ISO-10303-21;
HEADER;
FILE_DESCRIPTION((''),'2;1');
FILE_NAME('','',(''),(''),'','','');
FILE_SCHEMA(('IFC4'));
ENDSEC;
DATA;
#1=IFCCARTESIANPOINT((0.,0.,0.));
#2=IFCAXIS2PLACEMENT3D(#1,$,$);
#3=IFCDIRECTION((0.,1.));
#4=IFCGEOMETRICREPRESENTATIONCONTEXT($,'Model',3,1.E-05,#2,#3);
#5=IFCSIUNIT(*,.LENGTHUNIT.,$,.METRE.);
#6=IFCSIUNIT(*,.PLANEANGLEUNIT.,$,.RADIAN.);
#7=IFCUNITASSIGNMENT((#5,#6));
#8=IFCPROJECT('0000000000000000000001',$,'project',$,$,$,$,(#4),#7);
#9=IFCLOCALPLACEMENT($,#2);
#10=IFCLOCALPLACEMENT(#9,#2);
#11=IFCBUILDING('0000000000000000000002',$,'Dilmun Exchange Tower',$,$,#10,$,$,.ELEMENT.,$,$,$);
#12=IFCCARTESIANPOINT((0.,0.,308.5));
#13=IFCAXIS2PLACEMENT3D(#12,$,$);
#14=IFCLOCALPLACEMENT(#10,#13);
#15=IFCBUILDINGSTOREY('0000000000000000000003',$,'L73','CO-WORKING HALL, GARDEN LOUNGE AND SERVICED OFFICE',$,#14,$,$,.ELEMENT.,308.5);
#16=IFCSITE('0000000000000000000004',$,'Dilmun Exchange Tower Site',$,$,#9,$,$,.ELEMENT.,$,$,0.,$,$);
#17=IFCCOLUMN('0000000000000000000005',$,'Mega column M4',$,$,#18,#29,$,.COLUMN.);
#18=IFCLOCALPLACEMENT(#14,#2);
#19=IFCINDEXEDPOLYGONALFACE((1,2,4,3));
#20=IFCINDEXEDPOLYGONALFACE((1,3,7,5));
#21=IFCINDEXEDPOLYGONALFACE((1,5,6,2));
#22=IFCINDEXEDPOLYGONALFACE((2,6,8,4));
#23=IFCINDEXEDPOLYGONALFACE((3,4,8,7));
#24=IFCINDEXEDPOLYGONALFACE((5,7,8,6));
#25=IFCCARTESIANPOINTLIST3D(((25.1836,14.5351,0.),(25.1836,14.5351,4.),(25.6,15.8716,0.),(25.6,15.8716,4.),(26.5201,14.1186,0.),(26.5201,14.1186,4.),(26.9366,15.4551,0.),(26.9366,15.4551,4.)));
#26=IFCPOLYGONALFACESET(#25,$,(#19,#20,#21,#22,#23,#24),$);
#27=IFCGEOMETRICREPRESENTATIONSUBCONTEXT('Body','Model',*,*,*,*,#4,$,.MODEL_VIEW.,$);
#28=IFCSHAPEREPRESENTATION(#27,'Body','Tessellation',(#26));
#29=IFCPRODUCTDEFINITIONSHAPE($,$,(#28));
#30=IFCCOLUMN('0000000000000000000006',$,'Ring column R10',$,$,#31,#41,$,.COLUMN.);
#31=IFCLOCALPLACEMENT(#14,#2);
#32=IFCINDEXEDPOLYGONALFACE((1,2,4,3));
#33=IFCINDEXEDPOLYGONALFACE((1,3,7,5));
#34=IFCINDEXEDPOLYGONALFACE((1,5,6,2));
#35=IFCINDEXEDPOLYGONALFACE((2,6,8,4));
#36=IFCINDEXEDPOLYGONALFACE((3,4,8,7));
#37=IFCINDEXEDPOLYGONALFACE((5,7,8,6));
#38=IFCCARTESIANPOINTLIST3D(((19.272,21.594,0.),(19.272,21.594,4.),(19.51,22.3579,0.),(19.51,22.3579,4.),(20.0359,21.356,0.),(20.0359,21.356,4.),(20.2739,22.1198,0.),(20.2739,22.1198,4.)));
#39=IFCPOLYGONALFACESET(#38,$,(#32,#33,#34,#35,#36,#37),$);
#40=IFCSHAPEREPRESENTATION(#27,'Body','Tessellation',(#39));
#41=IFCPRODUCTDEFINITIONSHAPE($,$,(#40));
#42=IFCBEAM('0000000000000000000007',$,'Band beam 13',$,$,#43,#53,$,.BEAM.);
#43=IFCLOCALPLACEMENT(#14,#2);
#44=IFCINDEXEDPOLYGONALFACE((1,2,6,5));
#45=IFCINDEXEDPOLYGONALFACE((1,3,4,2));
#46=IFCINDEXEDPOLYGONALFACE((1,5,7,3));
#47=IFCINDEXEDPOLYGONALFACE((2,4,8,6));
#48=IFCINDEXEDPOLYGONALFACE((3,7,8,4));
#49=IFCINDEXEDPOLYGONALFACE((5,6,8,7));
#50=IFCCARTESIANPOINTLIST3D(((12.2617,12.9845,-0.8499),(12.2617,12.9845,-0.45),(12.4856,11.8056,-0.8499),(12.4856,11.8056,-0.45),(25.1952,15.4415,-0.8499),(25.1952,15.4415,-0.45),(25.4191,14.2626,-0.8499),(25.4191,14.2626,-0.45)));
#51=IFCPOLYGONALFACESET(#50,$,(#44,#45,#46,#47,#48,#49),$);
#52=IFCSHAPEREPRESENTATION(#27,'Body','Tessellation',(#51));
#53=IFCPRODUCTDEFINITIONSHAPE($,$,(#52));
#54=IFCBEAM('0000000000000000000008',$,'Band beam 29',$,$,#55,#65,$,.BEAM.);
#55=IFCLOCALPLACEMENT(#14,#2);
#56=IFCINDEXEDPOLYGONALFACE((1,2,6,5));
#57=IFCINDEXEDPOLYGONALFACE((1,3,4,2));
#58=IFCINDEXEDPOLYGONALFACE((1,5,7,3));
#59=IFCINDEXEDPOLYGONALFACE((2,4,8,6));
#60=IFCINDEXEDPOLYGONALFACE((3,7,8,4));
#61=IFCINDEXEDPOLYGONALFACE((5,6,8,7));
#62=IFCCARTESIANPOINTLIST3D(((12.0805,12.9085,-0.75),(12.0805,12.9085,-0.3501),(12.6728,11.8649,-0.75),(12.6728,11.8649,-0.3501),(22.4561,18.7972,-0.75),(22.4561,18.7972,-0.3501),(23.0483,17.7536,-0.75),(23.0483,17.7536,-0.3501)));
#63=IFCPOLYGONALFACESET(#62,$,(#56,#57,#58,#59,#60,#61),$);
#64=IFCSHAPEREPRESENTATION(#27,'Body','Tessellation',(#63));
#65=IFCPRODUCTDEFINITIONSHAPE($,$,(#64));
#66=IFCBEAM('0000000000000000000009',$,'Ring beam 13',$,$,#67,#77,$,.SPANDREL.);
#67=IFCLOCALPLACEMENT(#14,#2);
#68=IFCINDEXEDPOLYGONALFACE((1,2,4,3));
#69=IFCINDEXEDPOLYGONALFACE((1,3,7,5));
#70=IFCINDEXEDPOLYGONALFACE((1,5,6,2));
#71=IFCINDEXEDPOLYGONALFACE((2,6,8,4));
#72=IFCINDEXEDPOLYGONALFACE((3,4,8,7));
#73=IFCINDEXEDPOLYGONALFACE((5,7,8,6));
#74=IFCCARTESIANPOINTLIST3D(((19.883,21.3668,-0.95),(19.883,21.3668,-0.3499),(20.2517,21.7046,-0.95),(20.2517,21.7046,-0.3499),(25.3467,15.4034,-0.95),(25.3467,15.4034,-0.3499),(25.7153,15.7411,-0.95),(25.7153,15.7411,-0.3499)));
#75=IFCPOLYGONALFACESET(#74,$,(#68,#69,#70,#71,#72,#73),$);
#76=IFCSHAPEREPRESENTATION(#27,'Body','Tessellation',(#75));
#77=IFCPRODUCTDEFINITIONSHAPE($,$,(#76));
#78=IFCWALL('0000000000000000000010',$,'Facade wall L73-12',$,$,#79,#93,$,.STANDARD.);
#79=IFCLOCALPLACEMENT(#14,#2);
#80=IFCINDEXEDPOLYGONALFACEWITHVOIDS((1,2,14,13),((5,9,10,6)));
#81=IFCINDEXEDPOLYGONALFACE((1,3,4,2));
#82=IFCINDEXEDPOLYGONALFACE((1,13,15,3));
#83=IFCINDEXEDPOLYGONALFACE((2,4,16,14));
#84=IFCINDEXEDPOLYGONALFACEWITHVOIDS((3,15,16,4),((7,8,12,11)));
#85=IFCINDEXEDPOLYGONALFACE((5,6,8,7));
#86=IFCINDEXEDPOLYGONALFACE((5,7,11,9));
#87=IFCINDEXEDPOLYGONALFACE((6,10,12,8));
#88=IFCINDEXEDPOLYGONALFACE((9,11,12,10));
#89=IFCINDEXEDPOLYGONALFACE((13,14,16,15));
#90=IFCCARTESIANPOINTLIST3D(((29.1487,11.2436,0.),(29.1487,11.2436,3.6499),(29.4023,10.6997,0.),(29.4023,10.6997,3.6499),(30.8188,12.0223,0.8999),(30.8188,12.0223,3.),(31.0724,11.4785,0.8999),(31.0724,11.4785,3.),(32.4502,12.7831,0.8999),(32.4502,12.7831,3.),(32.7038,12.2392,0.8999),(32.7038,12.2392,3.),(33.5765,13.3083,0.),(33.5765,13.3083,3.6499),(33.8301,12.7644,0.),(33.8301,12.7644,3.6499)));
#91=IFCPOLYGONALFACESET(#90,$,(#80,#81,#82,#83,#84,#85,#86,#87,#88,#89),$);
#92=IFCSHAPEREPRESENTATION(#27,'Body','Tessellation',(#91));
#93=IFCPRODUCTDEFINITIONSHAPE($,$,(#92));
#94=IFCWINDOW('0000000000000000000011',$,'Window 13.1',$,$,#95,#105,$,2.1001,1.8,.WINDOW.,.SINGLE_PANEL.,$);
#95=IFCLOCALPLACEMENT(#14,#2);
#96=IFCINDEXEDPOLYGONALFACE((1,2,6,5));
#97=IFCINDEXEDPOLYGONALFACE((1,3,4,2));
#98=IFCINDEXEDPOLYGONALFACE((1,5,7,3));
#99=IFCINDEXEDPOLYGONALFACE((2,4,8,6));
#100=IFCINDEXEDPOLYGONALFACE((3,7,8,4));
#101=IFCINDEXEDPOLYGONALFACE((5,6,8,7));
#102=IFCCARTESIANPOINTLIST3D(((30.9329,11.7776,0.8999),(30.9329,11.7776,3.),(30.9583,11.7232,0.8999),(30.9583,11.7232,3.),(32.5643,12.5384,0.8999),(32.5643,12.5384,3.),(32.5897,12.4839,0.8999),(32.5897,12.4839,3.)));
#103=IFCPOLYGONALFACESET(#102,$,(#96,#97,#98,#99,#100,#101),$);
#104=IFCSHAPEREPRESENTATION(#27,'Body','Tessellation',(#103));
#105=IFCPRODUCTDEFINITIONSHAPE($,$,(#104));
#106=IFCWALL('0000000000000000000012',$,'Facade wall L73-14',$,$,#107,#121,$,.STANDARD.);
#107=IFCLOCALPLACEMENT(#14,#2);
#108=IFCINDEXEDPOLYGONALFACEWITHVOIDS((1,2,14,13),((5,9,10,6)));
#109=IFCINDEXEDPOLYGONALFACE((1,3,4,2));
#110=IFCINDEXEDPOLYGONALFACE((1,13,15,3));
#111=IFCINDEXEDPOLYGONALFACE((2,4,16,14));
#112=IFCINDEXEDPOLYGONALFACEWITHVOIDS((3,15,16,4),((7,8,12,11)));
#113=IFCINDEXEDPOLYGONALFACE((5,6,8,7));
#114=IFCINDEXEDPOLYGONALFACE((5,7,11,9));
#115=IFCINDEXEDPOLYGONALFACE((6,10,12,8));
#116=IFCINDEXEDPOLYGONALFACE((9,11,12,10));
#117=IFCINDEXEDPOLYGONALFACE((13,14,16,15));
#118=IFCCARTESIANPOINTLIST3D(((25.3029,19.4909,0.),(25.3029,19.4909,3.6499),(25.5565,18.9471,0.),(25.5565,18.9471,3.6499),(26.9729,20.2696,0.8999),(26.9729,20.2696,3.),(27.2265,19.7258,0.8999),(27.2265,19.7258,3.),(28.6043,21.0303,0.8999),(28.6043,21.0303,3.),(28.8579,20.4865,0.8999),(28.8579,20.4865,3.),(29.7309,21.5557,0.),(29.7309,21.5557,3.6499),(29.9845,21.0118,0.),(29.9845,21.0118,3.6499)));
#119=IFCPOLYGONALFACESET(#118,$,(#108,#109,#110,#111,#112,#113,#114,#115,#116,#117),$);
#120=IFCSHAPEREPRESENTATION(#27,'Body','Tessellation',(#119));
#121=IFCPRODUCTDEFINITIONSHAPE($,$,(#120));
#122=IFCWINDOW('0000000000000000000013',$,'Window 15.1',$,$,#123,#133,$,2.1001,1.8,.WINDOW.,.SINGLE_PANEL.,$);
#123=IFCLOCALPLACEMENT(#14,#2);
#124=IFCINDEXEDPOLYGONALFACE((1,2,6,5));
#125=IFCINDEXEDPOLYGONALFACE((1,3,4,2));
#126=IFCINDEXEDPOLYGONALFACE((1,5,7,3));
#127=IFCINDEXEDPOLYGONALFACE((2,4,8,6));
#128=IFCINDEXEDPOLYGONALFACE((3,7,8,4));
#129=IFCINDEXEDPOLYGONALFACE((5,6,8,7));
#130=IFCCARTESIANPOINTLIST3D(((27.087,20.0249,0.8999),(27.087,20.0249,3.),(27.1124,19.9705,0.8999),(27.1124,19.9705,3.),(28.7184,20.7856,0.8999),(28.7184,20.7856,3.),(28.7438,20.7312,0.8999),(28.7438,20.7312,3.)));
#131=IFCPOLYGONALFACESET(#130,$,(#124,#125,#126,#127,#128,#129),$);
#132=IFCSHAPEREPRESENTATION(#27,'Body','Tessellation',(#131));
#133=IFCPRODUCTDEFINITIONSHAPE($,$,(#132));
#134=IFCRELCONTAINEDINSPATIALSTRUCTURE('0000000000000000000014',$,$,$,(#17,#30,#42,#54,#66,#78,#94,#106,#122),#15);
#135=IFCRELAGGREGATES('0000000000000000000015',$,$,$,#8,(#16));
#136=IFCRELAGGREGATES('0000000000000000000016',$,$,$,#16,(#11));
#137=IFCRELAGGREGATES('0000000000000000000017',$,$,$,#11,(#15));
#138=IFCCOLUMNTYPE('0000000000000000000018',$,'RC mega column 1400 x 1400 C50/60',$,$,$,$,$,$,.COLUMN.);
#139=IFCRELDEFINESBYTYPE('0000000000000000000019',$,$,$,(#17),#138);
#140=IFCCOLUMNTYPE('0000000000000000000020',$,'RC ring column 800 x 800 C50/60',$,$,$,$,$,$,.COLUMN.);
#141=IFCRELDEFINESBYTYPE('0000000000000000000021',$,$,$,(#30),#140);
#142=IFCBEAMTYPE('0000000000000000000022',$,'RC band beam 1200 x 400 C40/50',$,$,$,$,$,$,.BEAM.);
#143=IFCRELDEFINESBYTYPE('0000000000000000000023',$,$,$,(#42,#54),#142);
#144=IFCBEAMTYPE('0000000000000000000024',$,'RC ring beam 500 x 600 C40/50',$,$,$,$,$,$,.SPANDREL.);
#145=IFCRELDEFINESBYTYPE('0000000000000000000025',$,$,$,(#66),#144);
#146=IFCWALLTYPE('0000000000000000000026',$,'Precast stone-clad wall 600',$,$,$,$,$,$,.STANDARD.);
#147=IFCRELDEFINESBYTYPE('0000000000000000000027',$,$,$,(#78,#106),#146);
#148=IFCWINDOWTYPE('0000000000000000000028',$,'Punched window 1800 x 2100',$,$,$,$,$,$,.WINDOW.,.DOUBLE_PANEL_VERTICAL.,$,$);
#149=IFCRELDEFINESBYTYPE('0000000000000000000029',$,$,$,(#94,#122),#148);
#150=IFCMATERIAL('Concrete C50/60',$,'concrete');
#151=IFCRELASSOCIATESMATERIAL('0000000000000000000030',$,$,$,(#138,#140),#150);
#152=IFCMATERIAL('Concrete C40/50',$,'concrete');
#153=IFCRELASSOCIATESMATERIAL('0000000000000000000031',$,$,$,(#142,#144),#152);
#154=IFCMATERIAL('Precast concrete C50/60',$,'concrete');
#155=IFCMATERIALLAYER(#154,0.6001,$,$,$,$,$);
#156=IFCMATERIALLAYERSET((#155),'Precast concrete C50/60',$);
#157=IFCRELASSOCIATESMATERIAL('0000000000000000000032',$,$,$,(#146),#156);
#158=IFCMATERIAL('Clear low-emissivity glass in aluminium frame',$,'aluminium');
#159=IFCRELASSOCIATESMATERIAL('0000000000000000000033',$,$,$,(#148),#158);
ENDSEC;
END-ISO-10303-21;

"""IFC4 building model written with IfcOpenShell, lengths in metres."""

from ifc_helpers import new_model, si_unit, direction, frame, frame_2d, origin, origin_2d, place, context, subcontext, project, spatial, rectangle, extrude, material, layer, layer_set, material_profile, profile_set, type_object, element, fill, save


model = new_model("IFC4")

# Units and contexts
model_context = context("Model", 3, precision=1e-05, world=origin(), true_north=direction((0.0, 1.0)))
body_context = subcontext(model_context, "Body", "Model", "MODEL_VIEW")
ifc_project = project(units=[si_unit("LENGTHUNIT", "METRE"), si_unit("PLANEANGLEUNIT", "RADIAN")], contexts=[model_context])

# Site, building, storey
site_placement = place(None, origin())
site = spatial("IfcSite", under=ifc_project, at=site_placement, Name="Dilmun Exchange Tower Site", CompositionType="ELEMENT", RefElevation=0.0)
building_placement = place(site_placement, origin())
building = spatial("IfcBuilding", under=site, at=building_placement, Name="Dilmun Exchange Tower", CompositionType="ELEMENT")
storey_placement = place(building_placement, frame((0.0, 0.0, 308.5)))
storey = spatial("IfcBuildingStorey", under=building, at=storey_placement, Name="L73", Description="CO-WORKING HALL, GARDEN LOUNGE AND SERVICED OFFICE", CompositionType="ELEMENT", Elevation=308.5)

# Columns
ifc_material_1 = material(Name="Concrete C50/60", Category="concrete")
ifc_material_profile_1 = material_profile(ifc_material_1, rectangle(XDim=1.3999, YDim=1.3999, at=origin_2d()), Name="1400 x 1400")
ifc_profile_set_1 = profile_set([ifc_material_profile_1], Name="Concrete C50/60")
column_type_1 = type_object("IfcColumnType", Name="RC mega column 1400 x 1400 C50/60", PredefinedType="COLUMN", material=ifc_profile_set_1)
column_1_placement = place(storey_placement, frame((26.0601, 14.9951, 0.0), z_axis=(0.0, 0.0, 1.0), x_axis=(0.297503, 0.954721, 0.0)))
element("IfcColumn", 1, at=column_1_placement, inside=storey, type_object=column_type_1, Name="Mega column M4", PredefinedType="COLUMN", context=body_context, shape_type="SweptSolid", body=[
    extrude(rectangle(XDim=1.3999, YDim=1.3999, at=origin_2d()), origin(), (0.0, 0.0, 1.0), 4.0),
])
ifc_material_profile_2 = material_profile(ifc_material_1, rectangle(XDim=0.8, YDim=0.8, at=origin_2d()), Name="800 x 800")
ifc_profile_set_2 = profile_set([ifc_material_profile_2], Name="Concrete C50/60")
column_type_2 = type_object("IfcColumnType", Name="RC ring column 800 x 800 C50/60", PredefinedType="COLUMN", material=ifc_profile_set_2)
column_2_placement = place(storey_placement, frame((19.7729, 21.8569, 0.0), z_axis=(0.0, 0.0, 1.0), x_axis=(0.297503, 0.954721, 0.0)))
element("IfcColumn", 2, at=column_2_placement, inside=storey, type_object=column_type_2, Name="Ring column R10", PredefinedType="COLUMN", context=body_context, shape_type="SweptSolid", body=[
    extrude(rectangle(XDim=0.8, YDim=0.8, at=origin_2d()), origin(), (0.0, 0.0, 1.0), 4.0),
])

# Beams
ifc_material_2 = material(Name="Concrete C40/50", Category="concrete")
ifc_material_profile_3 = material_profile(ifc_material_2, rectangle(XDim=1.2, YDim=0.3999, at=origin_2d()), Name="1200 x 400")
ifc_profile_set_3 = profile_set([ifc_material_profile_3], Name="Concrete C40/50")
beam_type_1 = type_object("IfcBeamType", Name="RC band beam 1200 x 400 C40/50", PredefinedType="BEAM", material=ifc_profile_set_3)
beam_1_placement = place(storey_placement, frame((25.3071, 14.8521, -0.6499), z_axis=(-0.982429, -0.186635, 0.0), x_axis=(0.186635, -0.982429, 0.0)))
element("IfcBeam", 3, at=beam_1_placement, inside=storey, type_object=beam_type_1, Name="Band beam 13", PredefinedType="BEAM", context=body_context, shape_type="SweptSolid", body=[
    extrude(rectangle(XDim=1.2, YDim=0.3999, at=origin_2d()), origin(), (0.0, 0.0, 1.0), 13.1648),
])
beam_2_placement = place(storey_placement, frame((22.7522, 18.2754, -0.55), z_axis=(-0.86969, -0.493598, 0.0), x_axis=(0.493598, -0.86969, 0.0)))
element("IfcBeam", 4, at=beam_2_placement, inside=storey, type_object=beam_type_1, Name="Band beam 29", PredefinedType="BEAM", context=body_context, shape_type="SweptSolid", body=[
    extrude(rectangle(XDim=1.2, YDim=0.3999, at=origin_2d()), origin(), (0.0, 0.0, 1.0), 11.9302),
])
ifc_material_profile_4 = material_profile(ifc_material_2, rectangle(XDim=0.5, YDim=0.6001, at=origin_2d()), Name="500 x 600")
ifc_profile_set_4 = profile_set([ifc_material_profile_4], Name="Concrete C40/50")
beam_type_2 = type_object("IfcBeamType", Name="RC ring beam 500 x 600 C40/50", PredefinedType="SPANDREL", material=ifc_profile_set_4)
beam_3_placement = place(storey_placement, frame((25.531, 15.5723, -0.6499), z_axis=(-0.675536, 0.737327, 0.0), x_axis=(-0.737327, -0.675536, 0.0)))
element("IfcBeam", 5, at=beam_3_placement, inside=storey, type_object=beam_type_2, Name="Ring beam 13", PredefinedType="SPANDREL", context=body_context, shape_type="SweptSolid", body=[
    extrude(rectangle(XDim=0.5, YDim=0.6001, at=origin_2d()), origin(), (0.0, 0.0, 1.0), 8.0879),
])

# Walls, openings, windows
ifc_material_3 = material(Name="Precast concrete C50/60", Category="concrete")
ifc_layer = layer(ifc_material_3, 0.6001)
ifc_layer_set = layer_set([ifc_layer], Name="Precast concrete C50/60")
wall_type = type_object("IfcWallType", Name="Precast stone-clad wall 600", PredefinedType="STANDARD", material=ifc_layer_set)
wall_1_placement = place(storey_placement, frame((33.7034, 13.0364, 0.0), z_axis=(0.0, 0.0, 1.0), x_axis=(-0.906307, -0.42262, 0.0)))
wall_1 = element("IfcWall", 6, at=wall_1_placement, inside=storey, type_object=wall_type, Name="Facade wall L73-12", PredefinedType="STANDARD", context=body_context, shape_type="SweptSolid", body=[
    extrude(rectangle(XDim=4.8855, YDim=0.6001, at=frame_2d((2.4429, 0.0))), origin(), (0.0, 0.0, 1.0), 3.6499),
])
opening_1_placement = place(wall_1_placement, frame((1.2429, 0.0, 0.8999)))
opening_1 = element("IfcOpeningElement", 7, at=opening_1_placement, cuts=wall_1, PredefinedType="OPENING", context=body_context, shape_type="SweptSolid", body=[
    extrude(rectangle(XDim=1.8, YDim=2.1001, at=frame_2d((0.8999, 1.05))), frame((0.0, 0.3101, 0.0), z_axis=(0.0, -1.0, 0.0), x_axis=(1.0, 0.0, 0.0)), (0.0, 0.0, 1.0), 0.6201),
])
ifc_material_4 = material(Name="Clear low-emissivity glass in aluminium frame", Category="aluminium")
window_type_1 = type_object("IfcWindowType", Name="Punched window 1800 x 2100", PartitioningType="DOUBLE_PANEL_VERTICAL", PredefinedType="WINDOW", material=ifc_material_4)
window_1_placement = place(opening_1_placement, origin())
window_1 = element("IfcWindow", 8, at=window_1_placement, inside=storey, type_object=window_type_1, Name="Window 13.1", OverallHeight=2.1001, OverallWidth=1.8, PartitioningType="SINGLE_PANEL", PredefinedType="WINDOW", context=body_context, shape_type="SweptSolid", body=[
    extrude(rectangle(XDim=1.8, YDim=2.1001, at=frame_2d((0.8999, 1.05))), frame((0.0, 0.03, 0.0), z_axis=(0.0, -1.0, 0.0), x_axis=(1.0, 0.0, 0.0)), (0.0, 0.0, 1.0), 0.0601),
])
fill(opening_1, window_1)
wall_2_placement = place(storey_placement, frame((25.4297, 19.219, 0.0), z_axis=(0.0, 0.0, 1.0), x_axis=(0.906316, 0.422601, 0.0)))
wall_2 = element("IfcWall", 9, at=wall_2_placement, inside=storey, type_object=wall_type, Name="Facade wall L73-14", PredefinedType="STANDARD", context=body_context, shape_type="SweptSolid", body=[
    extrude(rectangle(XDim=4.8857, YDim=0.6001, at=frame_2d((2.4429, 0.0))), origin(), (0.0, 0.0, 1.0), 3.6499),
])
opening_2_placement = place(wall_2_placement, frame((1.8428, 0.0, 0.8999)))
opening_2 = element("IfcOpeningElement", 10, at=opening_2_placement, cuts=wall_2, PredefinedType="OPENING", context=body_context, shape_type="SweptSolid", body=[
    extrude(rectangle(XDim=1.8, YDim=2.1001, at=frame_2d((0.8999, 1.05))), frame((0.0, 0.3101, 0.0), z_axis=(0.0, -1.0, 0.0), x_axis=(1.0, 0.0, 0.0)), (0.0, 0.0, 1.0), 0.6201),
])
window_2_placement = place(opening_2_placement, origin())
window_2 = element("IfcWindow", 11, at=window_2_placement, inside=storey, type_object=window_type_1, Name="Window 15.1", OverallHeight=2.1001, OverallWidth=1.8, PartitioningType="SINGLE_PANEL", PredefinedType="WINDOW", context=body_context, shape_type="SweptSolid", body=[
    extrude(rectangle(XDim=1.8, YDim=2.1001, at=frame_2d((0.8999, 1.05))), frame((0.0, 0.03, 0.0), z_axis=(0.0, -1.0, 0.0), x_axis=(1.0, 0.0, 0.0)), (0.0, 0.0, 1.0), 0.0601),
])
fill(opening_2, window_2)

save(model, "model.ifc")
